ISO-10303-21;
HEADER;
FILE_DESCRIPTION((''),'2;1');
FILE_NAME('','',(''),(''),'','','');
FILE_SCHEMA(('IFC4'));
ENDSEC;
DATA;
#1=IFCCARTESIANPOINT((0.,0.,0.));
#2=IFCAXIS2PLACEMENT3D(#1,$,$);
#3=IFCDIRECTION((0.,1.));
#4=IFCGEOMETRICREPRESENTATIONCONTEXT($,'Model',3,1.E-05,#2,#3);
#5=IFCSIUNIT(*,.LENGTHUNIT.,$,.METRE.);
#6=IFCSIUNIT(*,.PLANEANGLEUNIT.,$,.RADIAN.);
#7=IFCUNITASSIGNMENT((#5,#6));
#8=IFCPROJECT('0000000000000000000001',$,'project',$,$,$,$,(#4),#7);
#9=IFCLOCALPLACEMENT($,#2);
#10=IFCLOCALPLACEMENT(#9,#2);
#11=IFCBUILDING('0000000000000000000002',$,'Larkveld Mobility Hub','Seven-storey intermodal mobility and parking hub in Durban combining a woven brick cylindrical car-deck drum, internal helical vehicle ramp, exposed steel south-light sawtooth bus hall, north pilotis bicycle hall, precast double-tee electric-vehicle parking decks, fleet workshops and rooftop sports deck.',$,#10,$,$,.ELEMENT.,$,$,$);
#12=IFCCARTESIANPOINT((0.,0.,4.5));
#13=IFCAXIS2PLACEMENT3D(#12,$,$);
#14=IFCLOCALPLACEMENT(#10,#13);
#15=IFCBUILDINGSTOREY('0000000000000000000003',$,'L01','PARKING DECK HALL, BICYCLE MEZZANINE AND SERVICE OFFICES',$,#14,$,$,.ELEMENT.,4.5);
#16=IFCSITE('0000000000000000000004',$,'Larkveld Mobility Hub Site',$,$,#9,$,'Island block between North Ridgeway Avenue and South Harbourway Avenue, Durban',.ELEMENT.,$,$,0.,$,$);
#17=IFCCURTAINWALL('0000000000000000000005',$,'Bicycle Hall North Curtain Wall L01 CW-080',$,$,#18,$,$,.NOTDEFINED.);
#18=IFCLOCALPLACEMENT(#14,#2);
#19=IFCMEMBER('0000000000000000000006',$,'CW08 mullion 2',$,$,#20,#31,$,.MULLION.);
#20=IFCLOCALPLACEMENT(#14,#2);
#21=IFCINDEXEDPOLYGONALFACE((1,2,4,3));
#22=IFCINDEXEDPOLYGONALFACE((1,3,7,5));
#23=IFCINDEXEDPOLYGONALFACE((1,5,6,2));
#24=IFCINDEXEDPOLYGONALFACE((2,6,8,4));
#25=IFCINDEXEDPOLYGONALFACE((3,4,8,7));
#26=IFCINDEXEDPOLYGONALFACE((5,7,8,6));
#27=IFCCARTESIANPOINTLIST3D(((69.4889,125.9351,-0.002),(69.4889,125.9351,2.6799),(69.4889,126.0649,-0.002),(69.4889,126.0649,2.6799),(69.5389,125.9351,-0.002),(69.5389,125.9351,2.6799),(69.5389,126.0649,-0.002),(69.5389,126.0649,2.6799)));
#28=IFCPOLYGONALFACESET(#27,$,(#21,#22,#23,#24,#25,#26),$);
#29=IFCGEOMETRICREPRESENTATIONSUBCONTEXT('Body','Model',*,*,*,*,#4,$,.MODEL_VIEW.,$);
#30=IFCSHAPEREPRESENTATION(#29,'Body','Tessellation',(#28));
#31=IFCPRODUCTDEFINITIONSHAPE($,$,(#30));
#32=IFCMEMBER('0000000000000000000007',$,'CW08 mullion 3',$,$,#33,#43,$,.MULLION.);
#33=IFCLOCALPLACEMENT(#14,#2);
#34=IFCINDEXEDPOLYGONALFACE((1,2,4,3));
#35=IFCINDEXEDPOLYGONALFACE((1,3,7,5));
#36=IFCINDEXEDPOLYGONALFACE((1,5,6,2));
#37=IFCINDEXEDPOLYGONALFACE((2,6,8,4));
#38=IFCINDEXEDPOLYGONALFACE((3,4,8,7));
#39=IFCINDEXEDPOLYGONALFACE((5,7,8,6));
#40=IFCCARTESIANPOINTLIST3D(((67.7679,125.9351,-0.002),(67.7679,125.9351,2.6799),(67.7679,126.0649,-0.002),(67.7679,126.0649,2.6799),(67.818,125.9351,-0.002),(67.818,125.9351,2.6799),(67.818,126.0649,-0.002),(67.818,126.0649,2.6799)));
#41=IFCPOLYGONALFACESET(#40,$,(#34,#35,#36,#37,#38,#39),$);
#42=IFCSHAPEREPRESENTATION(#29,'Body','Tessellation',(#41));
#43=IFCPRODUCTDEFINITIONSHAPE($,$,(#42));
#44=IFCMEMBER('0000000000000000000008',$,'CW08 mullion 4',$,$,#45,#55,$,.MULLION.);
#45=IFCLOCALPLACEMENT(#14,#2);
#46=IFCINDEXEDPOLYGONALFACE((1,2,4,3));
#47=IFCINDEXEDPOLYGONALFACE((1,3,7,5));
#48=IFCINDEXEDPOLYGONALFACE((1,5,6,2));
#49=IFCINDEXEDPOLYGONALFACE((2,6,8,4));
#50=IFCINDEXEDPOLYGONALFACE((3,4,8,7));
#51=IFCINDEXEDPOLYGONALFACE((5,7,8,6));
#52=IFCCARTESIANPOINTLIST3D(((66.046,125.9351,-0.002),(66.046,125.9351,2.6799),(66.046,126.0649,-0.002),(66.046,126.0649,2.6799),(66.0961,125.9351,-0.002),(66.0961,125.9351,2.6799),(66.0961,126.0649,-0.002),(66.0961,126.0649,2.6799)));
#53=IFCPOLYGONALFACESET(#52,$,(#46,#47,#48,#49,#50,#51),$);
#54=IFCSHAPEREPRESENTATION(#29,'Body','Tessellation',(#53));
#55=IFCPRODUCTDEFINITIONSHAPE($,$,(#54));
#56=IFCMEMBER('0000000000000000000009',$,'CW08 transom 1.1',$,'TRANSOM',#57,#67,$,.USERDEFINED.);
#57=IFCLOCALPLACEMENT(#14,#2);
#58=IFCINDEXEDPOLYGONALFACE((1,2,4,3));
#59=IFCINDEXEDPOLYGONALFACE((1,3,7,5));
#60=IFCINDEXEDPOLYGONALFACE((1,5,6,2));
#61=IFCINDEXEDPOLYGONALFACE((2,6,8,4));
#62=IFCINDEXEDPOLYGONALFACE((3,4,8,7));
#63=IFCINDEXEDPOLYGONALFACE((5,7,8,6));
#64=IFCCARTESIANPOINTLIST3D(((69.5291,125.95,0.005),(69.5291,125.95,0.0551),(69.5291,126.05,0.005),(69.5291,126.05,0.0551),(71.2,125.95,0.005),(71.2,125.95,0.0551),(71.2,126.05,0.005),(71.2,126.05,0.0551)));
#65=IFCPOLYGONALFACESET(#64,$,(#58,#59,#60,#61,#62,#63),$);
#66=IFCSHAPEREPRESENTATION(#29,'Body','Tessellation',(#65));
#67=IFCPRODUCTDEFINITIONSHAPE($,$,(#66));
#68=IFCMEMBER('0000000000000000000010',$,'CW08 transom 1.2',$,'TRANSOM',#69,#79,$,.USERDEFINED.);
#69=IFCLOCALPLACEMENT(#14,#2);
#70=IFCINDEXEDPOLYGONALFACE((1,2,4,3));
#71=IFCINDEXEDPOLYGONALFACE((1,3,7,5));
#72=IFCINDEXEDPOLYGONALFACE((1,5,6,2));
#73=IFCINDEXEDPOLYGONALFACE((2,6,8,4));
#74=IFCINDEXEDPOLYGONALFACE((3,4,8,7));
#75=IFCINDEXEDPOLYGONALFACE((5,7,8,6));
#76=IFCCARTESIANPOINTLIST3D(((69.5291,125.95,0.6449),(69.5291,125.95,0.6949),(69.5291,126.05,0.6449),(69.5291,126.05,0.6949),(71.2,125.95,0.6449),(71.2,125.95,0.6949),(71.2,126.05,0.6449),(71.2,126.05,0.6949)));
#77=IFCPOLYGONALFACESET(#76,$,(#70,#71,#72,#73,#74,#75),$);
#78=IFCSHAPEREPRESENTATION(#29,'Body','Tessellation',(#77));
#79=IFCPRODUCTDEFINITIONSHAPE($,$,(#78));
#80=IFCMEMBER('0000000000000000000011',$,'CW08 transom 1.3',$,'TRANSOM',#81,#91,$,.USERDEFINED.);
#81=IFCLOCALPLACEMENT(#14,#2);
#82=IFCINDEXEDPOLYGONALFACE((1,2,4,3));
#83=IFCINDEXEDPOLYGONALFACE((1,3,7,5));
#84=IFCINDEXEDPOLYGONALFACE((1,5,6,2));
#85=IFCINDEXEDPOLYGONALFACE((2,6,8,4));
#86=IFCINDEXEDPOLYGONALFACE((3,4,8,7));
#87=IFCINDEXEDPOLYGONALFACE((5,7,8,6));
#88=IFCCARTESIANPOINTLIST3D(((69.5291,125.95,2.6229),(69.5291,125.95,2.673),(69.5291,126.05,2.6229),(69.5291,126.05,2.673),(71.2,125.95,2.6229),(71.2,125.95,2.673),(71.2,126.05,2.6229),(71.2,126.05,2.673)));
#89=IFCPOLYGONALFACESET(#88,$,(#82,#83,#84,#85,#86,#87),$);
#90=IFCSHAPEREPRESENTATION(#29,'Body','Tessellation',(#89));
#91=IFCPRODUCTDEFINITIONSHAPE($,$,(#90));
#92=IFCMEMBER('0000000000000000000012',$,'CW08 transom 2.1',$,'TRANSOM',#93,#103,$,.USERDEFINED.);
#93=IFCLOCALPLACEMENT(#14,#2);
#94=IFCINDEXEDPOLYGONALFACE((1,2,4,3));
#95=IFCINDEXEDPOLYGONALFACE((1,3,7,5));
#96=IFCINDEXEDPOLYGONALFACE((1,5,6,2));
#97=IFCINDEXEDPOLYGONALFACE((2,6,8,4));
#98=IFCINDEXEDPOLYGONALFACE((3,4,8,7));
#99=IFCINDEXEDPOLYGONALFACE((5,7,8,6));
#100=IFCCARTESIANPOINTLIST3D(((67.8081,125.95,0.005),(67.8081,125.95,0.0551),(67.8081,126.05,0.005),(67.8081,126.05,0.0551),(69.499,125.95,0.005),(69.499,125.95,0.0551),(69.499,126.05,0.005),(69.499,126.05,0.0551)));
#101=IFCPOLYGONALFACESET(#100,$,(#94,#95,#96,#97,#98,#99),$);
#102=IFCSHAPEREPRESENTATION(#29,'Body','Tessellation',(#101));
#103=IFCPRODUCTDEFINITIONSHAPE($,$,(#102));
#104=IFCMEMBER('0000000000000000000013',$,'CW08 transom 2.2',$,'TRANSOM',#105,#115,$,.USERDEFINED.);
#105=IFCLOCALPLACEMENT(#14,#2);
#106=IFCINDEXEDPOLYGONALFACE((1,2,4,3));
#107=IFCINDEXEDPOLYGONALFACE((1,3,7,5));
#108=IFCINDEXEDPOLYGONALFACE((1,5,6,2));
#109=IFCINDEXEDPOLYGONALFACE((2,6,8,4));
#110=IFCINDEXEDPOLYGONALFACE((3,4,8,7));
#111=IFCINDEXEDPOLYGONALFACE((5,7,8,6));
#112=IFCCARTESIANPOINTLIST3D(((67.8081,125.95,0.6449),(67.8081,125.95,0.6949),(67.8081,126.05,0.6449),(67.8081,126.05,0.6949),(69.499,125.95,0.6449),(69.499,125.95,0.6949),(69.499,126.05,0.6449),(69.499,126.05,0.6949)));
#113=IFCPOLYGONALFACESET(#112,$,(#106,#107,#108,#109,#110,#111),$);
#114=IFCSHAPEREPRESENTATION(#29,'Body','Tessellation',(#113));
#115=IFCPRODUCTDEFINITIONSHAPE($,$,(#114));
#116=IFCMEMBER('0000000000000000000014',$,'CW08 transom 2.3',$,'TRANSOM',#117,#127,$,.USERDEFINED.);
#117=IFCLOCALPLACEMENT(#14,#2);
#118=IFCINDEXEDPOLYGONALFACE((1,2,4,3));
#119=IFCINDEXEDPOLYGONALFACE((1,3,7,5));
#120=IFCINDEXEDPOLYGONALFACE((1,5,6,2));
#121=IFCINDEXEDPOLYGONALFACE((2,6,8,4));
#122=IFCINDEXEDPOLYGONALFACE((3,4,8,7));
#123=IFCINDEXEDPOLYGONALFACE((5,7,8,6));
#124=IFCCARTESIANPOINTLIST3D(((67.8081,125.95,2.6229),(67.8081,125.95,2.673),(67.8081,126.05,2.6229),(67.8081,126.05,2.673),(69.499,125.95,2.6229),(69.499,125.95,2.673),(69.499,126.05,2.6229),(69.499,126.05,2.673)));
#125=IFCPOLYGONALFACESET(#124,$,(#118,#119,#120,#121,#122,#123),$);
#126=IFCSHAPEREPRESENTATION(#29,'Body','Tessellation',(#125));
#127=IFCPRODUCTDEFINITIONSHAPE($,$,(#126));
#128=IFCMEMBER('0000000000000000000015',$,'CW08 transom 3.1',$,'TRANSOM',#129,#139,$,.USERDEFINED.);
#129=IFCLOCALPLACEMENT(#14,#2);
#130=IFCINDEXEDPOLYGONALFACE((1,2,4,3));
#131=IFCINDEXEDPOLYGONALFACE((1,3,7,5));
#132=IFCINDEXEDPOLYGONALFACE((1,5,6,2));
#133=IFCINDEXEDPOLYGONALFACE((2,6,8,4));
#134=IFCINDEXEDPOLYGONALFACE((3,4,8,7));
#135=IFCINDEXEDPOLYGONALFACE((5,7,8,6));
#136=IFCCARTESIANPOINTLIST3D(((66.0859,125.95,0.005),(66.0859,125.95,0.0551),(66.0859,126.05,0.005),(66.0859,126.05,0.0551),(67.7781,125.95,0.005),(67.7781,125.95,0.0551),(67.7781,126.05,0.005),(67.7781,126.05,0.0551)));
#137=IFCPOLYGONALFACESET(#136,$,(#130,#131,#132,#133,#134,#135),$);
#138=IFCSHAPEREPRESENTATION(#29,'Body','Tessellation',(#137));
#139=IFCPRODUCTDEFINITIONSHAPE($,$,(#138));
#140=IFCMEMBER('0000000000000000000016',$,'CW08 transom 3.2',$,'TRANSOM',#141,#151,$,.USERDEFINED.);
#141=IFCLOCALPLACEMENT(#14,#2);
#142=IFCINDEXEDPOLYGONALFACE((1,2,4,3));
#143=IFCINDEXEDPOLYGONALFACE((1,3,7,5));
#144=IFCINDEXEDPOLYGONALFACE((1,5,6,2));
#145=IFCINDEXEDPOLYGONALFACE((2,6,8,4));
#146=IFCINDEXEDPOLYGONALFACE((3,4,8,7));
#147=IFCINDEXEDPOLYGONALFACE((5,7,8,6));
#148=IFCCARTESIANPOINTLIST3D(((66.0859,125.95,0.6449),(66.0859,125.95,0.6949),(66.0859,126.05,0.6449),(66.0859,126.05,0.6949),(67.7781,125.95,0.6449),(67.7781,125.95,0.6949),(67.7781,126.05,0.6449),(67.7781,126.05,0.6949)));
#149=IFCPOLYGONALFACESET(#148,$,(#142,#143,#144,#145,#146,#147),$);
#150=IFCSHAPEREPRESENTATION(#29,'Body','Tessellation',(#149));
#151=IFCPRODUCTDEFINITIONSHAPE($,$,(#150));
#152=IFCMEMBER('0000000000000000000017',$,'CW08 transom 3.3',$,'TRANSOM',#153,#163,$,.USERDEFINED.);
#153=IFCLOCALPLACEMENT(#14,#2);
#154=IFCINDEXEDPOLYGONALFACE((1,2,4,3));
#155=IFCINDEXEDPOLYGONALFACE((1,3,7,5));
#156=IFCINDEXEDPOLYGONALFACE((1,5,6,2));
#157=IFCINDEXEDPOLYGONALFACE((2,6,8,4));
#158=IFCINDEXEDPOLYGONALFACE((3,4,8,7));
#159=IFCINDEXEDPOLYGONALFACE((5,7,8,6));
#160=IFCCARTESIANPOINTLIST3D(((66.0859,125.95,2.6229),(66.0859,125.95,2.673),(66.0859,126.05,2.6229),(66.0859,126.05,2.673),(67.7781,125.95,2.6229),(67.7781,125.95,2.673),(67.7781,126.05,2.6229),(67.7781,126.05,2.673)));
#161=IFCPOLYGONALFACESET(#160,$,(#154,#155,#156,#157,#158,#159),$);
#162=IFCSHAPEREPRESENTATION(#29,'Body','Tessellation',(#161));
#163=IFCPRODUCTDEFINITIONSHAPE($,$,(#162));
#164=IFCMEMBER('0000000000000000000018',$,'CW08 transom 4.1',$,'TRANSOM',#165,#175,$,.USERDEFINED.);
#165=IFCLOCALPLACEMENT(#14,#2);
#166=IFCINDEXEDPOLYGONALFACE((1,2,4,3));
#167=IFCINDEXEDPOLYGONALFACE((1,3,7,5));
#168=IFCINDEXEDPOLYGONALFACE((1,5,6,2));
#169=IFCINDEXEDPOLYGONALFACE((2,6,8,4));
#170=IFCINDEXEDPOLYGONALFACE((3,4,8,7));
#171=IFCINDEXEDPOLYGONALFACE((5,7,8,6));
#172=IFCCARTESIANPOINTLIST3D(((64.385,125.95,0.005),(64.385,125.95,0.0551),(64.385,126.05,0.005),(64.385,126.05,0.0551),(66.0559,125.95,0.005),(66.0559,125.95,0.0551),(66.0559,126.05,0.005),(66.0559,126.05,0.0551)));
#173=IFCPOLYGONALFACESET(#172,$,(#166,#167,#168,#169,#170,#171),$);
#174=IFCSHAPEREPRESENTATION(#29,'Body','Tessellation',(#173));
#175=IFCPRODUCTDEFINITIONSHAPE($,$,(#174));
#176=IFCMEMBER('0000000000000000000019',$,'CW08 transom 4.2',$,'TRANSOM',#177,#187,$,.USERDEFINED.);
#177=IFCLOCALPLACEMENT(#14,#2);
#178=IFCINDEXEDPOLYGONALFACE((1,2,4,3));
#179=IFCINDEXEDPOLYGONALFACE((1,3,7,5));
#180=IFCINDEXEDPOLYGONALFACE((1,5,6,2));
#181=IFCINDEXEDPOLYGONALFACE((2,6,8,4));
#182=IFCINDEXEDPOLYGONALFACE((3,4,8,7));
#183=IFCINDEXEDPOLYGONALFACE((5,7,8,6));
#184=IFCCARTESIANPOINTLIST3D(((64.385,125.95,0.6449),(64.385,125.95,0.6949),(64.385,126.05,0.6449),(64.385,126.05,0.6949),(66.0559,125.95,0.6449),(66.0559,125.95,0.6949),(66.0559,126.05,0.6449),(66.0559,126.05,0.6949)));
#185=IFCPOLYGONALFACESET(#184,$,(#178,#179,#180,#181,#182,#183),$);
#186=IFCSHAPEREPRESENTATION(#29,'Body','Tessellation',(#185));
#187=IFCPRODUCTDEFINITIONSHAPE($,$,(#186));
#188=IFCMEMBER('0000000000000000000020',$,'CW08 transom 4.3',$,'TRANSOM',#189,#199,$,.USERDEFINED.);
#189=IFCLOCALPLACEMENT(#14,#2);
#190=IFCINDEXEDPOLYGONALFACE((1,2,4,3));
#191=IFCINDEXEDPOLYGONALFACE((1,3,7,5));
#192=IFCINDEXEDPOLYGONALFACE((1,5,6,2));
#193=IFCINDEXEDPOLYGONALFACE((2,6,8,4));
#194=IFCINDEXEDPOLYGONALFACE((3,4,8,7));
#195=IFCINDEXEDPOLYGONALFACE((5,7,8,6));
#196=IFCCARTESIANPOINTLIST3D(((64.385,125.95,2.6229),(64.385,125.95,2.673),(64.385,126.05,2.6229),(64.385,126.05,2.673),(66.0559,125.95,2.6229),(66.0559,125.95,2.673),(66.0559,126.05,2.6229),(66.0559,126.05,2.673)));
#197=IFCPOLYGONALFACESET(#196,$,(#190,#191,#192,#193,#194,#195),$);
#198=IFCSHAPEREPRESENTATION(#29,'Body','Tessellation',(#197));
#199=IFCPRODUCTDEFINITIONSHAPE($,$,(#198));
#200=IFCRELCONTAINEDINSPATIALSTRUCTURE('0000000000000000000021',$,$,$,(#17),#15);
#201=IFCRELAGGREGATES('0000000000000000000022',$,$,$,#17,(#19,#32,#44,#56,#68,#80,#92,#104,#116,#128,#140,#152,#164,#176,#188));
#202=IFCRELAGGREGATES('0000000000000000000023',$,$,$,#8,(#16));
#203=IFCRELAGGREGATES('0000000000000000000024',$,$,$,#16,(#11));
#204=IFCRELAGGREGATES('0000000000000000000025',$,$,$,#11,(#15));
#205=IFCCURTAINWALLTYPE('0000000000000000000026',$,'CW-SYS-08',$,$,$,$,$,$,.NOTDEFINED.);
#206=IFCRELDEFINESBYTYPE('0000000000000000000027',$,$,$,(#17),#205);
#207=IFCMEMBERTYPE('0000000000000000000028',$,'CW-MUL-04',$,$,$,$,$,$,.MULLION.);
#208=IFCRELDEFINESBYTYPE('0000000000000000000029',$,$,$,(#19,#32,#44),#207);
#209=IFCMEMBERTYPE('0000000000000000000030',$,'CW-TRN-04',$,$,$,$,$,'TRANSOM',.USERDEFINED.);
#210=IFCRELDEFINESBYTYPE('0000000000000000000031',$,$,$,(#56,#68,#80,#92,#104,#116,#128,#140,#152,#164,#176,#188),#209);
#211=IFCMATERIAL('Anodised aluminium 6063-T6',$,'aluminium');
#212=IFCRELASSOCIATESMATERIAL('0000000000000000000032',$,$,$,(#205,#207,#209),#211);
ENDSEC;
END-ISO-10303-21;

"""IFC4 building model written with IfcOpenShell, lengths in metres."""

from ifc_helpers import new_model, si_unit, direction, frame, origin, origin_2d, place, context, subcontext, project, spatial, rectangle, extrude, material, material_profile, profile_set, type_object, element, aggregate, save


model = new_model("IFC4")

# Units and contexts
model_context = context("Model", 3, precision=1e-05, world=origin(), true_north=direction((0.0, 1.0)))
body_context = subcontext(model_context, "Body", "Model", "MODEL_VIEW")
ifc_project = project(units=[si_unit("LENGTHUNIT", "METRE"), si_unit("PLANEANGLEUNIT", "RADIAN")], contexts=[model_context])

# Site, building, storey
site_placement = place(None, origin())
site = spatial("IfcSite", under=ifc_project, at=site_placement, Name="Larkveld Mobility Hub Site", LongName="Island block between North Ridgeway Avenue and South Harbourway Avenue, Durban", CompositionType="ELEMENT", RefElevation=0.0)
building_placement = place(site_placement, origin())
building = spatial("IfcBuilding", under=site, at=building_placement, Name="Larkveld Mobility Hub", Description="Seven-storey intermodal mobility and parking hub in Durban combining a woven brick cylindrical car-deck drum, internal helical vehicle ramp, exposed steel south-light sawtooth bus hall, north pilotis bicycle hall, precast double-tee electric-vehicle parking decks, fleet workshops and rooftop sports deck.", CompositionType="ELEMENT")
storey_placement = place(building_placement, frame((0.0, 0.0, 4.5)))
storey = spatial("IfcBuildingStorey", under=building, at=storey_placement, Name="L01", Description="PARKING DECK HALL, BICYCLE MEZZANINE AND SERVICE OFFICES", CompositionType="ELEMENT", Elevation=4.5)

# Curtain wall, members
ifc_material_1 = material(Name="Anodised aluminium 6063-T6", Category="aluminium")
curtain_wall_type = type_object("IfcCurtainWallType", Name="CW-SYS-08", PredefinedType="NOTDEFINED", material=ifc_material_1)
curtain_wall_placement = place(storey_placement, origin())
curtain_wall = element("IfcCurtainWall", 1, at=curtain_wall_placement, inside=storey, type_object=curtain_wall_type, Name="Bicycle Hall North Curtain Wall L01 CW-080", PredefinedType="NOTDEFINED")
ifc_material_profile_1 = material_profile(ifc_material_1, rectangle(XDim=0.05, YDim=0.1299, at=origin_2d()), Name="ALU MULL 50x130")
ifc_profile_set_1 = profile_set([ifc_material_profile_1], Name="Anodised aluminium 6063-T6")
member_type_1 = type_object("IfcMemberType", Name="CW-MUL-04", PredefinedType="MULLION", material=ifc_profile_set_1)
member_1_placement = place(storey_placement, frame((69.5139, 126.0, -0.002), z_axis=(0.0, 0.0, 1.0), x_axis=(-1.0, 0.0, 0.0)))
member_1 = element("IfcMember", 2, at=member_1_placement, type_object=member_type_1, Name="CW08 mullion 2", PredefinedType="MULLION", context=body_context, shape_type="SweptSolid", body=[
    extrude(rectangle(XDim=0.05, YDim=0.1299, at=origin_2d()), origin(), (0.0, 0.0, 1.0), 2.6819),
])
member_2_placement = place(storey_placement, frame((67.793, 126.0, -0.002), z_axis=(0.0, 0.0, 1.0), x_axis=(-1.0, 0.0, 0.0)))
member_2 = element("IfcMember", 3, at=member_2_placement, type_object=member_type_1, Name="CW08 mullion 3", PredefinedType="MULLION", context=body_context, shape_type="SweptSolid", body=[
    extrude(rectangle(XDim=0.05, YDim=0.1299, at=origin_2d()), origin(), (0.0, 0.0, 1.0), 2.6819),
])
member_3_placement = place(storey_placement, frame((66.071, 126.0, -0.002), z_axis=(0.0, 0.0, 1.0), x_axis=(-1.0, 0.0, 0.0)))
member_3 = element("IfcMember", 4, at=member_3_placement, type_object=member_type_1, Name="CW08 mullion 4", PredefinedType="MULLION", context=body_context, shape_type="SweptSolid", body=[
    extrude(rectangle(XDim=0.05, YDim=0.1299, at=origin_2d()), origin(), (0.0, 0.0, 1.0), 2.6819),
])
ifc_material_profile_2 = material_profile(ifc_material_1, rectangle(XDim=0.1001, YDim=0.05, at=origin_2d()), Name="ALU TRAN 50x100")
ifc_profile_set_2 = profile_set([ifc_material_profile_2], Name="Anodised aluminium 6063-T6")
member_type_2 = type_object("IfcMemberType", Name="CW-TRN-04", ElementType="TRANSOM", PredefinedType="USERDEFINED", material=ifc_profile_set_2)
member_4_placement = place(storey_placement, frame((71.2, 126.0, 0.03), z_axis=(-1.0, 0.0, 0.0), x_axis=(0.0, -1.0, 0.0)))
member_4 = element("IfcMember", 5, at=member_4_placement, type_object=member_type_2, Name="CW08 transom 1.1", ObjectType="TRANSOM", PredefinedType="USERDEFINED", context=body_context, shape_type="SweptSolid", body=[
    extrude(rectangle(XDim=0.1001, YDim=0.05, at=origin_2d()), origin(), (0.0, 0.0, 1.0), 1.6709),
])
member_5_placement = place(storey_placement, frame((71.2, 126.0, 0.6699), z_axis=(-1.0, 0.0, 0.0), x_axis=(0.0, -1.0, 0.0)))
member_5 = element("IfcMember", 6, at=member_5_placement, type_object=member_type_2, Name="CW08 transom 1.2", ObjectType="TRANSOM", PredefinedType="USERDEFINED", context=body_context, shape_type="SweptSolid", body=[
    extrude(rectangle(XDim=0.1001, YDim=0.05, at=origin_2d()), origin(), (0.0, 0.0, 1.0), 1.6709),
])
member_6_placement = place(storey_placement, frame((71.2, 126.0, 2.6479), z_axis=(-1.0, 0.0, 0.0), x_axis=(0.0, -1.0, 0.0)))
member_6 = element("IfcMember", 7, at=member_6_placement, type_object=member_type_2, Name="CW08 transom 1.3", ObjectType="TRANSOM", PredefinedType="USERDEFINED", context=body_context, shape_type="SweptSolid", body=[
    extrude(rectangle(XDim=0.1001, YDim=0.05, at=origin_2d()), origin(), (0.0, 0.0, 1.0), 1.6709),
])
member_7_placement = place(storey_placement, frame((69.499, 126.0, 0.03), z_axis=(-1.0, 0.0, 0.0), x_axis=(0.0, -1.0, 0.0)))
member_7 = element("IfcMember", 8, at=member_7_placement, type_object=member_type_2, Name="CW08 transom 2.1", ObjectType="TRANSOM", PredefinedType="USERDEFINED", context=body_context, shape_type="SweptSolid", body=[
    extrude(rectangle(XDim=0.1001, YDim=0.05, at=origin_2d()), origin(), (0.0, 0.0, 1.0), 1.6909),
])
member_8_placement = place(storey_placement, frame((69.499, 126.0, 0.6699), z_axis=(-1.0, 0.0, 0.0), x_axis=(0.0, -1.0, 0.0)))
member_8 = element("IfcMember", 9, at=member_8_placement, type_object=member_type_2, Name="CW08 transom 2.2", ObjectType="TRANSOM", PredefinedType="USERDEFINED", context=body_context, shape_type="SweptSolid", body=[
    extrude(rectangle(XDim=0.1001, YDim=0.05, at=origin_2d()), origin(), (0.0, 0.0, 1.0), 1.6909),
])
member_9_placement = place(storey_placement, frame((69.499, 126.0, 2.6479), z_axis=(-1.0, 0.0, 0.0), x_axis=(0.0, -1.0, 0.0)))
member_9 = element("IfcMember", 10, at=member_9_placement, type_object=member_type_2, Name="CW08 transom 2.3", ObjectType="TRANSOM", PredefinedType="USERDEFINED", context=body_context, shape_type="SweptSolid", body=[
    extrude(rectangle(XDim=0.1001, YDim=0.05, at=origin_2d()), origin(), (0.0, 0.0, 1.0), 1.6909),
])
member_10_placement = place(storey_placement, frame((67.7781, 126.0, 0.03), z_axis=(-1.0, 0.0, 0.0), x_axis=(0.0, -1.0, 0.0)))
member_10 = element("IfcMember", 11, at=member_10_placement, type_object=member_type_2, Name="CW08 transom 3.1", ObjectType="TRANSOM", PredefinedType="USERDEFINED", context=body_context, shape_type="SweptSolid", body=[
    extrude(rectangle(XDim=0.1001, YDim=0.05, at=origin_2d()), origin(), (0.0, 0.0, 1.0), 1.6921),
])
member_11_placement = place(storey_placement, frame((67.7781, 126.0, 0.6699), z_axis=(-1.0, 0.0, 0.0), x_axis=(0.0, -1.0, 0.0)))
member_11 = element("IfcMember", 12, at=member_11_placement, type_object=member_type_2, Name="CW08 transom 3.2", ObjectType="TRANSOM", PredefinedType="USERDEFINED", context=body_context, shape_type="SweptSolid", body=[
    extrude(rectangle(XDim=0.1001, YDim=0.05, at=origin_2d()), origin(), (0.0, 0.0, 1.0), 1.6921),
])
member_12_placement = place(storey_placement, frame((67.7781, 126.0, 2.6479), z_axis=(-1.0, 0.0, 0.0), x_axis=(0.0, -1.0, 0.0)))
member_12 = element("IfcMember", 13, at=member_12_placement, type_object=member_type_2, Name="CW08 transom 3.3", ObjectType="TRANSOM", PredefinedType="USERDEFINED", context=body_context, shape_type="SweptSolid", body=[
    extrude(rectangle(XDim=0.1001, YDim=0.05, at=origin_2d()), origin(), (0.0, 0.0, 1.0), 1.6921),
])
member_13_placement = place(storey_placement, frame((66.0559, 126.0, 0.03), z_axis=(-1.0, 0.0, 0.0), x_axis=(0.0, -1.0, 0.0)))
member_13 = element("IfcMember", 14, at=member_13_placement, type_object=member_type_2, Name="CW08 transom 4.1", ObjectType="TRANSOM", PredefinedType="USERDEFINED", context=body_context, shape_type="SweptSolid", body=[
    extrude(rectangle(XDim=0.1001, YDim=0.05, at=origin_2d()), origin(), (0.0, 0.0, 1.0), 1.6709),
])
member_14_placement = place(storey_placement, frame((66.0559, 126.0, 0.6699), z_axis=(-1.0, 0.0, 0.0), x_axis=(0.0, -1.0, 0.0)))
member_14 = element("IfcMember", 15, at=member_14_placement, type_object=member_type_2, Name="CW08 transom 4.2", ObjectType="TRANSOM", PredefinedType="USERDEFINED", context=body_context, shape_type="SweptSolid", body=[
    extrude(rectangle(XDim=0.1001, YDim=0.05, at=origin_2d()), origin(), (0.0, 0.0, 1.0), 1.6709),
])
member_15_placement = place(storey_placement, frame((66.0559, 126.0, 2.6479), z_axis=(-1.0, 0.0, 0.0), x_axis=(0.0, -1.0, 0.0)))
member_15 = element("IfcMember", 16, at=member_15_placement, type_object=member_type_2, Name="CW08 transom 4.3", ObjectType="TRANSOM", PredefinedType="USERDEFINED", context=body_context, shape_type="SweptSolid", body=[
    extrude(rectangle(XDim=0.1001, YDim=0.05, at=origin_2d()), origin(), (0.0, 0.0, 1.0), 1.6709),
])
aggregate(curtain_wall, [member_1, member_2, member_3, member_4, member_5, member_6, member_7, member_8, member_9, member_10, member_11, member_12, member_13, member_14, member_15])

save(model, "model.ifc")
